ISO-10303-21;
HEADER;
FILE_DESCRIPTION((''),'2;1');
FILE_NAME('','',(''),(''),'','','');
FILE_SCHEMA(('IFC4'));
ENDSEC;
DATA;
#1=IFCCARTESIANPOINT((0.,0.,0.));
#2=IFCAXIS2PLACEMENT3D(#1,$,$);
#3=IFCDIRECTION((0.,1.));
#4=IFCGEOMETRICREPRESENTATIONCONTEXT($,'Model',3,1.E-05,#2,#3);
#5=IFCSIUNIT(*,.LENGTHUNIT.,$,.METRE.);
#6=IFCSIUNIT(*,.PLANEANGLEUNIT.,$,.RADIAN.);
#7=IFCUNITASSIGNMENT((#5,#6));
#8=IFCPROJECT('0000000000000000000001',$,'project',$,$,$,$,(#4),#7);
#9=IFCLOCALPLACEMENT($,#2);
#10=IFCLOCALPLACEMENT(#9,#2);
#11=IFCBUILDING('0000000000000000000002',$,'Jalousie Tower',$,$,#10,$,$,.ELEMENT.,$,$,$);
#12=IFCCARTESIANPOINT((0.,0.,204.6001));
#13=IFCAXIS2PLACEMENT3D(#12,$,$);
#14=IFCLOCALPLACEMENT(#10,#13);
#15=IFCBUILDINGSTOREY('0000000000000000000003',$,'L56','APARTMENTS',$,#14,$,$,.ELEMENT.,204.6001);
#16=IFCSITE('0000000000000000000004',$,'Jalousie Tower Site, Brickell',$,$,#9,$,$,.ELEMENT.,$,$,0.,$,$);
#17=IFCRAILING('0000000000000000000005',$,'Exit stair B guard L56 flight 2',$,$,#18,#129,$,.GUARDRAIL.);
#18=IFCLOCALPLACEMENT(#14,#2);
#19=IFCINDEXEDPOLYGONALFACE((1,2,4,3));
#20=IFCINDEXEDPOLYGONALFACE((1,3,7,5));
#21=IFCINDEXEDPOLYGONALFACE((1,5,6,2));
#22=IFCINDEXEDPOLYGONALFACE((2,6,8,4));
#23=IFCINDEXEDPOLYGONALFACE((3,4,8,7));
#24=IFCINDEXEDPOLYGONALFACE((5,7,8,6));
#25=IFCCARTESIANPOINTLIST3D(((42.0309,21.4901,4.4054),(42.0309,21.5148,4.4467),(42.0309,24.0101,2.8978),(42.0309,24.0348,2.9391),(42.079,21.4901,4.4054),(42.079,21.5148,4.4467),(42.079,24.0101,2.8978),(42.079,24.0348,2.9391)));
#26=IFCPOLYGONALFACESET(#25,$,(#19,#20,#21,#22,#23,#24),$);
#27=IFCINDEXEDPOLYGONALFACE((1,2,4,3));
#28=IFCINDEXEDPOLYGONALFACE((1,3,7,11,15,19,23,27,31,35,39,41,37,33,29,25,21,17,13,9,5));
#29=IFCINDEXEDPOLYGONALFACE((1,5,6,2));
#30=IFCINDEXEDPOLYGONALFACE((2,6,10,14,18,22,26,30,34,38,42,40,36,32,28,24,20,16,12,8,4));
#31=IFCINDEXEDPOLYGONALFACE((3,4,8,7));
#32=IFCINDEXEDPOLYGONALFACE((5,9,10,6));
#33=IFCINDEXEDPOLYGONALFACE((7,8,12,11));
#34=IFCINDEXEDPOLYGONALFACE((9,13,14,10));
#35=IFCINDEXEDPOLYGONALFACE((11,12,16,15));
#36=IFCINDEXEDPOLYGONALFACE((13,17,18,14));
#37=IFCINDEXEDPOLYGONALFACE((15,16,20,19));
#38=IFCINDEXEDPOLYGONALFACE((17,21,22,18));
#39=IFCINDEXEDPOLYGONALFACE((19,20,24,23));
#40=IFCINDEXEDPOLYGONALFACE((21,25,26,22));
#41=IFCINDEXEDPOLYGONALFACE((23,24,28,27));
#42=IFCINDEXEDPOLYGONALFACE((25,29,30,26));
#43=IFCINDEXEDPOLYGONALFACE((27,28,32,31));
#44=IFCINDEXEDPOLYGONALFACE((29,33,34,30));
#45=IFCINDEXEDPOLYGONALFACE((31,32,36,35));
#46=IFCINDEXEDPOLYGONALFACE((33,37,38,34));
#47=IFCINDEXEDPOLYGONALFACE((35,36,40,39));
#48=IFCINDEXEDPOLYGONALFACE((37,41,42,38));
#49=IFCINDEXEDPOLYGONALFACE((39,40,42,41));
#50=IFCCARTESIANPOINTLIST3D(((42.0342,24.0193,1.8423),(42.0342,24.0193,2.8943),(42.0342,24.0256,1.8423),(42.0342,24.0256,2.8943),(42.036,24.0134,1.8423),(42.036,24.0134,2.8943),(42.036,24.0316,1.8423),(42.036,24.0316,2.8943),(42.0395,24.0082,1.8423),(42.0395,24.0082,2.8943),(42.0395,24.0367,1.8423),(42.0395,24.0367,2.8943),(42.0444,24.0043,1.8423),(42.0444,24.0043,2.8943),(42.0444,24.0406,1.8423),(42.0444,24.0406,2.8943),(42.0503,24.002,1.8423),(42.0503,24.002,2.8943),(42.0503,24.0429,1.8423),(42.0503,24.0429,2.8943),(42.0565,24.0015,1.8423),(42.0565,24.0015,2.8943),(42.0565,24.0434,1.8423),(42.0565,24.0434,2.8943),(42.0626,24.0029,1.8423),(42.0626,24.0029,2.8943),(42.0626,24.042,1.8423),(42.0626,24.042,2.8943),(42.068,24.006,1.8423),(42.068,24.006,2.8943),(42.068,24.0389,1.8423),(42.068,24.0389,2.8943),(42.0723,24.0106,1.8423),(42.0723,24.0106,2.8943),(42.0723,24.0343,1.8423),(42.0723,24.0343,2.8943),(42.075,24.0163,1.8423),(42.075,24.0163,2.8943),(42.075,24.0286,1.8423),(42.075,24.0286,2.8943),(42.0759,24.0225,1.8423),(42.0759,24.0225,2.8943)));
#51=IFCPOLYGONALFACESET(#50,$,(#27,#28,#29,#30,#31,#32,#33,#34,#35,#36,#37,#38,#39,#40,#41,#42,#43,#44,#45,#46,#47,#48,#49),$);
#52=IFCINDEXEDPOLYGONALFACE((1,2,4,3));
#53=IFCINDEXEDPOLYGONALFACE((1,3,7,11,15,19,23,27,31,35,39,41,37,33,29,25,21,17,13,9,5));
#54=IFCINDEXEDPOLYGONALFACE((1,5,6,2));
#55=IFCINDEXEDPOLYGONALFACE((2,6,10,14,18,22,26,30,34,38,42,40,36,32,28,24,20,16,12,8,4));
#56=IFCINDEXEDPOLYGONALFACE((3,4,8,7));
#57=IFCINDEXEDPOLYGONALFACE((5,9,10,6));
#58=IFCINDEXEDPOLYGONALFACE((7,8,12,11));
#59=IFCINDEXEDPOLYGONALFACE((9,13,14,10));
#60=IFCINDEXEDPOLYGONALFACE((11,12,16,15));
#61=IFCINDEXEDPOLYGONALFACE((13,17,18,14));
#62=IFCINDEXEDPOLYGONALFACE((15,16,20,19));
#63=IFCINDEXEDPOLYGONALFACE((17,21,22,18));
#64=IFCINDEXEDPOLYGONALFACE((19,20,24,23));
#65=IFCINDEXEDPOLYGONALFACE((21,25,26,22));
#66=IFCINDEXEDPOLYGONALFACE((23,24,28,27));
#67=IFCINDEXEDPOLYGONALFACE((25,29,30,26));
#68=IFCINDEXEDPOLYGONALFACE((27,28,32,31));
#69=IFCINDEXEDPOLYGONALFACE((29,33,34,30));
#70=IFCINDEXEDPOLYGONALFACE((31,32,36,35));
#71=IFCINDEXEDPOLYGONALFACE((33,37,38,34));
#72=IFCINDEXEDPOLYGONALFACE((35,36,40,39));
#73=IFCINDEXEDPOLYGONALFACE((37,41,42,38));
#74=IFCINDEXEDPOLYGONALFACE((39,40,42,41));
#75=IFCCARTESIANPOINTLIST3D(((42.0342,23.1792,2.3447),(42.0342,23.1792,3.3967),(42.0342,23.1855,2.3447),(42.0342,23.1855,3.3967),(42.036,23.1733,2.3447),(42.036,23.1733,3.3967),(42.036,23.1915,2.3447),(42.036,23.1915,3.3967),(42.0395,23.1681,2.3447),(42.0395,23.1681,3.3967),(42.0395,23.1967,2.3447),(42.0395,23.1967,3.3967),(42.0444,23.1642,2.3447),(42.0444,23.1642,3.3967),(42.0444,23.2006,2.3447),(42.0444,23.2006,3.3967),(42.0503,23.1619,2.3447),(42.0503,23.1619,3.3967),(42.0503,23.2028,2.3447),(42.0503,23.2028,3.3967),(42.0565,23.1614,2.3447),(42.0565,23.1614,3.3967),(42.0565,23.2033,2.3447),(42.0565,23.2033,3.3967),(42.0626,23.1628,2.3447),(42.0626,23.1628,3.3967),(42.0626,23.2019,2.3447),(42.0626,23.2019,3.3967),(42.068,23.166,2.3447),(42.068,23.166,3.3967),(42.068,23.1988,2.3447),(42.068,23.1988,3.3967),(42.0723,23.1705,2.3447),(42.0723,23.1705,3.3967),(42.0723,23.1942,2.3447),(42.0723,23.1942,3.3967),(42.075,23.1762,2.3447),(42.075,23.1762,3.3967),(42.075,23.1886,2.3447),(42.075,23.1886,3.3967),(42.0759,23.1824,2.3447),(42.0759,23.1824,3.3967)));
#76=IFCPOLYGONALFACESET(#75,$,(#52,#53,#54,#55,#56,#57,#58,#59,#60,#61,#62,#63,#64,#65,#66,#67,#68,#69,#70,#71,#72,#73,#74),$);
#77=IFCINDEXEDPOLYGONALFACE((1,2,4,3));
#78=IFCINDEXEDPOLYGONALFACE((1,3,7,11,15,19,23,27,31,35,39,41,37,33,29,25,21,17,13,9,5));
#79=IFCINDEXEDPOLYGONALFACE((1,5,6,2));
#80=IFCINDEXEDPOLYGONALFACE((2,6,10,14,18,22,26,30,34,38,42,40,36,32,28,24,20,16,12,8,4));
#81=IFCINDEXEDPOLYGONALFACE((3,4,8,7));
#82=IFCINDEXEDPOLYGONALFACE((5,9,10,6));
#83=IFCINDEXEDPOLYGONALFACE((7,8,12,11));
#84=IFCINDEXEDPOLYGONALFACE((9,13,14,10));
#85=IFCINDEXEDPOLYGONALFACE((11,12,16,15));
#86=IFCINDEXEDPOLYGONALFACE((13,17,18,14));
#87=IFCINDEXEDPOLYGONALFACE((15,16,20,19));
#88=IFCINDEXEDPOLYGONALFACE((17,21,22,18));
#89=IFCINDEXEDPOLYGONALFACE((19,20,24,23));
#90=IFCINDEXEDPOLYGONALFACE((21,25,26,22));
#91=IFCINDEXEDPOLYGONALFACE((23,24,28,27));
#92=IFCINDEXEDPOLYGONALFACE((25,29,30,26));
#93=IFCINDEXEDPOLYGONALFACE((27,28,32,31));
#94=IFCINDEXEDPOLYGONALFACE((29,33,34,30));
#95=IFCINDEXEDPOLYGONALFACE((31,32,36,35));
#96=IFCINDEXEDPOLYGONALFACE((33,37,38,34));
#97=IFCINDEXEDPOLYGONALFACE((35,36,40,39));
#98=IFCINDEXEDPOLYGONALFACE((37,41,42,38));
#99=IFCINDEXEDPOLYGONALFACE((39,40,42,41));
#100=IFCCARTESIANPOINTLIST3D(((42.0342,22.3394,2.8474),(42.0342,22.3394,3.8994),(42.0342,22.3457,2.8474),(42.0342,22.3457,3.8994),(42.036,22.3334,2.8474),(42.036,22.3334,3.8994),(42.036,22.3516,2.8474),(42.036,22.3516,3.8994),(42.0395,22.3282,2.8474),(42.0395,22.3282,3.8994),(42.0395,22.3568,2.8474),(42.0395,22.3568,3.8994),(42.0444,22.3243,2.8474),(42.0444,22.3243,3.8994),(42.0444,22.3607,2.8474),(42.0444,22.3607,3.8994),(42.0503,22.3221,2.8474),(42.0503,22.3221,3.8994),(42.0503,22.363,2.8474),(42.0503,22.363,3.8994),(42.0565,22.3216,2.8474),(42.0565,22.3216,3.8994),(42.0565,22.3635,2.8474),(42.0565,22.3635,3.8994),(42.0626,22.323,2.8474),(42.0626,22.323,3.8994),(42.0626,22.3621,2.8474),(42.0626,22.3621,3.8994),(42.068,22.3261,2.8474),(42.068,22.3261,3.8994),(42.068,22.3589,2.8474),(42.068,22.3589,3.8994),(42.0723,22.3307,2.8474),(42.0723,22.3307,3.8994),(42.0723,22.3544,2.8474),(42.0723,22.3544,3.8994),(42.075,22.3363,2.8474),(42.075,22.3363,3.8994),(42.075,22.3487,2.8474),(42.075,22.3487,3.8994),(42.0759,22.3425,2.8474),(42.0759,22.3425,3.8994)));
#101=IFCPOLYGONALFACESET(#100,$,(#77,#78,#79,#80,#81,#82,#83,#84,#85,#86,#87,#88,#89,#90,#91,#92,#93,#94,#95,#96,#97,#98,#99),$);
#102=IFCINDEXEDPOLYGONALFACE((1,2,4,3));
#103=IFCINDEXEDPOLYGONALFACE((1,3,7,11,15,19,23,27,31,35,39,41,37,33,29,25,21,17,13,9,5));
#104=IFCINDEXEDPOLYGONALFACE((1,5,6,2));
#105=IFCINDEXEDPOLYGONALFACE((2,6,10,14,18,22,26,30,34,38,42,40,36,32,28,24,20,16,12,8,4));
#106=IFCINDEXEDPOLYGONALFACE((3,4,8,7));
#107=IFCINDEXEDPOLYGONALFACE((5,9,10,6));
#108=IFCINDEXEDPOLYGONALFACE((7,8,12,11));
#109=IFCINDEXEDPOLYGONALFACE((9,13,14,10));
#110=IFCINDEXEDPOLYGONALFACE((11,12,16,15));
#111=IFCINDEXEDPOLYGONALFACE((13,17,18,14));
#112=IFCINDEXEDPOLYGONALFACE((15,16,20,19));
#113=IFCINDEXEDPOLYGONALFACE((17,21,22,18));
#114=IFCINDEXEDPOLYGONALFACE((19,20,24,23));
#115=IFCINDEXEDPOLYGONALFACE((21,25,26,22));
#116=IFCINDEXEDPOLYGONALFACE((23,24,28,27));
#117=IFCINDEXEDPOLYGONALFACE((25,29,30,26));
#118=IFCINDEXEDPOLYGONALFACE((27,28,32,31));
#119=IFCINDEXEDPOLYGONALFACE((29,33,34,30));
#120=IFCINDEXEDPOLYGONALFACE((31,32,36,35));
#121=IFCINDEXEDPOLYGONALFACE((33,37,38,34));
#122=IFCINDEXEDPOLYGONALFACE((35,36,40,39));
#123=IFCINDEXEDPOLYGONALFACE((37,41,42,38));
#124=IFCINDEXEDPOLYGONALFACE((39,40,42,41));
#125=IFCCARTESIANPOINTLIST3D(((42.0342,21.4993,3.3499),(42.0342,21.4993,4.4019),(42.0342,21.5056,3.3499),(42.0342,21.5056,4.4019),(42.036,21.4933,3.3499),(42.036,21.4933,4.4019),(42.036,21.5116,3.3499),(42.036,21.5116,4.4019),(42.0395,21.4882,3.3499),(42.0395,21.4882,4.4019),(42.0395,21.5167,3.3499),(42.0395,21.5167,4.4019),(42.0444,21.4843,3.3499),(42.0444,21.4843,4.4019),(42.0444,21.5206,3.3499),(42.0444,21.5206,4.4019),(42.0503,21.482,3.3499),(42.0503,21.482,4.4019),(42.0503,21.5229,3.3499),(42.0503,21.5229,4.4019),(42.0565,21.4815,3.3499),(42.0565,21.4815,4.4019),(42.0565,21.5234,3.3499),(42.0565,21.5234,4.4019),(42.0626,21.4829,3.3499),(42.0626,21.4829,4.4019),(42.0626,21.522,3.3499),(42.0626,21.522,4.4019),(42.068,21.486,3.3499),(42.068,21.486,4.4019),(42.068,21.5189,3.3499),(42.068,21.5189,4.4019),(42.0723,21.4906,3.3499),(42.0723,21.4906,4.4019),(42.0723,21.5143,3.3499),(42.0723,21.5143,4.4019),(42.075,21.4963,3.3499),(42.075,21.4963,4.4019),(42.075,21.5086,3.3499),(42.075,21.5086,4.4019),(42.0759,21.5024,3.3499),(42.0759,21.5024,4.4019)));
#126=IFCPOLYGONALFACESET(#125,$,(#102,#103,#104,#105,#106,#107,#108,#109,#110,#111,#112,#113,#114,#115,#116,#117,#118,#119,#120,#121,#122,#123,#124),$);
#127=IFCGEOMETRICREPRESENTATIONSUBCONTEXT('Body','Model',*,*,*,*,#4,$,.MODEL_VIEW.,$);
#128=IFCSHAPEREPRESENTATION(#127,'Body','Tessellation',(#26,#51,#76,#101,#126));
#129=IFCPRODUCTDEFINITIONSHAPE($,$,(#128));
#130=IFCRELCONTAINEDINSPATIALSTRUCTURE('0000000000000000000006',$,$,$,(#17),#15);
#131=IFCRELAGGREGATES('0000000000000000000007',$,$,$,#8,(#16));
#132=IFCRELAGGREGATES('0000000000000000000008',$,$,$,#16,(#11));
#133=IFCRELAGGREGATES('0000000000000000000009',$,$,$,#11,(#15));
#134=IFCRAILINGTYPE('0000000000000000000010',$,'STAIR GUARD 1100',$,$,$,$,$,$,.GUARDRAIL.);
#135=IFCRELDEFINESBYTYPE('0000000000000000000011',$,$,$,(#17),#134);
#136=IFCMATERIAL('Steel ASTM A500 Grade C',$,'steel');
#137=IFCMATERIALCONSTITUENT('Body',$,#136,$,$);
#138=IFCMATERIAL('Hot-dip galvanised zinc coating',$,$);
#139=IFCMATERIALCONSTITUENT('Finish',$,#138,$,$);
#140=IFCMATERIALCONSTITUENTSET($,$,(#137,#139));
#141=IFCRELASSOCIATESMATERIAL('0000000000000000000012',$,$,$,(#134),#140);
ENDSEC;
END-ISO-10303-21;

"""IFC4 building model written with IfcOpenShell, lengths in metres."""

from ifc_helpers import new_model, si_unit, direction, frame, origin, origin_2d, place, context, subcontext, project, spatial, rectangle, circle, extrude, material, constituent, constituent_set, type_object, element, save


model = new_model("IFC4")

# Units and contexts
model_context = context("Model", 3, precision=1e-05, world=origin(), true_north=direction((0.0, 1.0)))
body_context = subcontext(model_context, "Body", "Model", "MODEL_VIEW")
ifc_project = project(units=[si_unit("LENGTHUNIT", "METRE"), si_unit("PLANEANGLEUNIT", "RADIAN")], contexts=[model_context])

# Site, building, storey
site_placement = place(None, origin())
site = spatial("IfcSite", under=ifc_project, at=site_placement, Name="Jalousie Tower Site, Brickell", CompositionType="ELEMENT", RefElevation=0.0)
building_placement = place(site_placement, origin())
building = spatial("IfcBuilding", under=site, at=building_placement, Name="Jalousie Tower", CompositionType="ELEMENT")
storey_placement = place(building_placement, frame((0.0, 0.0, 204.6001)))
storey = spatial("IfcBuildingStorey", under=building, at=storey_placement, Name="L56", Description="APARTMENTS", CompositionType="ELEMENT", Elevation=204.6001)

# Railing
ifc_material_1 = material(Name="Steel ASTM A500 Grade C", Category="steel")
ifc_constituent_1 = constituent(ifc_material_1, Name="Body")
ifc_material_2 = material(Name="Hot-dip galvanised zinc coating")
ifc_constituent_2 = constituent(ifc_material_2, Name="Finish")
ifc_constituent_set_1 = constituent_set(constituents=[ifc_constituent_1, ifc_constituent_2])
railing_type_1 = type_object("IfcRailingType", Name="STAIR GUARD 1100", PredefinedType="GUARDRAIL", material=ifc_constituent_set_1)
railing_1_placement = place(storey_placement, frame((42.0549, 24.0225, 1.8423)))
element("IfcRailing", 1, at=railing_1_placement, inside=storey, type_object=railing_type_1, Name="Exit stair B guard L56 flight 2", PredefinedType="GUARDRAIL", context=body_context, shape_type="SweptSolid", body=[
    extrude(rectangle(XDim=0.0481, YDim=0.0481, at=origin_2d()), frame((0.0, 0.0, 1.0762), z_axis=(0.0, -0.85816, 0.513383), x_axis=(1.0, 0.0, 0.0)), (0.0, 0.0, 1.0), 2.9365),
    extrude(circle(Radius=0.021, at=origin_2d()), origin(), (0.0, 0.0, 1.0), 1.052),
    extrude(circle(Radius=0.021, at=origin_2d()), frame((0.0, -0.8401, 0.5024)), (0.0, 0.0, 1.0), 1.052),
    extrude(circle(Radius=0.021, at=origin_2d()), frame((0.0, -1.6799, 1.0051)), (0.0, 0.0, 1.0), 1.052),
    extrude(circle(Radius=0.021, at=origin_2d()), frame((0.0, -2.52, 1.5076)), (0.0, 0.0, 1.0), 1.052),
])

save(model, "model.ifc")
